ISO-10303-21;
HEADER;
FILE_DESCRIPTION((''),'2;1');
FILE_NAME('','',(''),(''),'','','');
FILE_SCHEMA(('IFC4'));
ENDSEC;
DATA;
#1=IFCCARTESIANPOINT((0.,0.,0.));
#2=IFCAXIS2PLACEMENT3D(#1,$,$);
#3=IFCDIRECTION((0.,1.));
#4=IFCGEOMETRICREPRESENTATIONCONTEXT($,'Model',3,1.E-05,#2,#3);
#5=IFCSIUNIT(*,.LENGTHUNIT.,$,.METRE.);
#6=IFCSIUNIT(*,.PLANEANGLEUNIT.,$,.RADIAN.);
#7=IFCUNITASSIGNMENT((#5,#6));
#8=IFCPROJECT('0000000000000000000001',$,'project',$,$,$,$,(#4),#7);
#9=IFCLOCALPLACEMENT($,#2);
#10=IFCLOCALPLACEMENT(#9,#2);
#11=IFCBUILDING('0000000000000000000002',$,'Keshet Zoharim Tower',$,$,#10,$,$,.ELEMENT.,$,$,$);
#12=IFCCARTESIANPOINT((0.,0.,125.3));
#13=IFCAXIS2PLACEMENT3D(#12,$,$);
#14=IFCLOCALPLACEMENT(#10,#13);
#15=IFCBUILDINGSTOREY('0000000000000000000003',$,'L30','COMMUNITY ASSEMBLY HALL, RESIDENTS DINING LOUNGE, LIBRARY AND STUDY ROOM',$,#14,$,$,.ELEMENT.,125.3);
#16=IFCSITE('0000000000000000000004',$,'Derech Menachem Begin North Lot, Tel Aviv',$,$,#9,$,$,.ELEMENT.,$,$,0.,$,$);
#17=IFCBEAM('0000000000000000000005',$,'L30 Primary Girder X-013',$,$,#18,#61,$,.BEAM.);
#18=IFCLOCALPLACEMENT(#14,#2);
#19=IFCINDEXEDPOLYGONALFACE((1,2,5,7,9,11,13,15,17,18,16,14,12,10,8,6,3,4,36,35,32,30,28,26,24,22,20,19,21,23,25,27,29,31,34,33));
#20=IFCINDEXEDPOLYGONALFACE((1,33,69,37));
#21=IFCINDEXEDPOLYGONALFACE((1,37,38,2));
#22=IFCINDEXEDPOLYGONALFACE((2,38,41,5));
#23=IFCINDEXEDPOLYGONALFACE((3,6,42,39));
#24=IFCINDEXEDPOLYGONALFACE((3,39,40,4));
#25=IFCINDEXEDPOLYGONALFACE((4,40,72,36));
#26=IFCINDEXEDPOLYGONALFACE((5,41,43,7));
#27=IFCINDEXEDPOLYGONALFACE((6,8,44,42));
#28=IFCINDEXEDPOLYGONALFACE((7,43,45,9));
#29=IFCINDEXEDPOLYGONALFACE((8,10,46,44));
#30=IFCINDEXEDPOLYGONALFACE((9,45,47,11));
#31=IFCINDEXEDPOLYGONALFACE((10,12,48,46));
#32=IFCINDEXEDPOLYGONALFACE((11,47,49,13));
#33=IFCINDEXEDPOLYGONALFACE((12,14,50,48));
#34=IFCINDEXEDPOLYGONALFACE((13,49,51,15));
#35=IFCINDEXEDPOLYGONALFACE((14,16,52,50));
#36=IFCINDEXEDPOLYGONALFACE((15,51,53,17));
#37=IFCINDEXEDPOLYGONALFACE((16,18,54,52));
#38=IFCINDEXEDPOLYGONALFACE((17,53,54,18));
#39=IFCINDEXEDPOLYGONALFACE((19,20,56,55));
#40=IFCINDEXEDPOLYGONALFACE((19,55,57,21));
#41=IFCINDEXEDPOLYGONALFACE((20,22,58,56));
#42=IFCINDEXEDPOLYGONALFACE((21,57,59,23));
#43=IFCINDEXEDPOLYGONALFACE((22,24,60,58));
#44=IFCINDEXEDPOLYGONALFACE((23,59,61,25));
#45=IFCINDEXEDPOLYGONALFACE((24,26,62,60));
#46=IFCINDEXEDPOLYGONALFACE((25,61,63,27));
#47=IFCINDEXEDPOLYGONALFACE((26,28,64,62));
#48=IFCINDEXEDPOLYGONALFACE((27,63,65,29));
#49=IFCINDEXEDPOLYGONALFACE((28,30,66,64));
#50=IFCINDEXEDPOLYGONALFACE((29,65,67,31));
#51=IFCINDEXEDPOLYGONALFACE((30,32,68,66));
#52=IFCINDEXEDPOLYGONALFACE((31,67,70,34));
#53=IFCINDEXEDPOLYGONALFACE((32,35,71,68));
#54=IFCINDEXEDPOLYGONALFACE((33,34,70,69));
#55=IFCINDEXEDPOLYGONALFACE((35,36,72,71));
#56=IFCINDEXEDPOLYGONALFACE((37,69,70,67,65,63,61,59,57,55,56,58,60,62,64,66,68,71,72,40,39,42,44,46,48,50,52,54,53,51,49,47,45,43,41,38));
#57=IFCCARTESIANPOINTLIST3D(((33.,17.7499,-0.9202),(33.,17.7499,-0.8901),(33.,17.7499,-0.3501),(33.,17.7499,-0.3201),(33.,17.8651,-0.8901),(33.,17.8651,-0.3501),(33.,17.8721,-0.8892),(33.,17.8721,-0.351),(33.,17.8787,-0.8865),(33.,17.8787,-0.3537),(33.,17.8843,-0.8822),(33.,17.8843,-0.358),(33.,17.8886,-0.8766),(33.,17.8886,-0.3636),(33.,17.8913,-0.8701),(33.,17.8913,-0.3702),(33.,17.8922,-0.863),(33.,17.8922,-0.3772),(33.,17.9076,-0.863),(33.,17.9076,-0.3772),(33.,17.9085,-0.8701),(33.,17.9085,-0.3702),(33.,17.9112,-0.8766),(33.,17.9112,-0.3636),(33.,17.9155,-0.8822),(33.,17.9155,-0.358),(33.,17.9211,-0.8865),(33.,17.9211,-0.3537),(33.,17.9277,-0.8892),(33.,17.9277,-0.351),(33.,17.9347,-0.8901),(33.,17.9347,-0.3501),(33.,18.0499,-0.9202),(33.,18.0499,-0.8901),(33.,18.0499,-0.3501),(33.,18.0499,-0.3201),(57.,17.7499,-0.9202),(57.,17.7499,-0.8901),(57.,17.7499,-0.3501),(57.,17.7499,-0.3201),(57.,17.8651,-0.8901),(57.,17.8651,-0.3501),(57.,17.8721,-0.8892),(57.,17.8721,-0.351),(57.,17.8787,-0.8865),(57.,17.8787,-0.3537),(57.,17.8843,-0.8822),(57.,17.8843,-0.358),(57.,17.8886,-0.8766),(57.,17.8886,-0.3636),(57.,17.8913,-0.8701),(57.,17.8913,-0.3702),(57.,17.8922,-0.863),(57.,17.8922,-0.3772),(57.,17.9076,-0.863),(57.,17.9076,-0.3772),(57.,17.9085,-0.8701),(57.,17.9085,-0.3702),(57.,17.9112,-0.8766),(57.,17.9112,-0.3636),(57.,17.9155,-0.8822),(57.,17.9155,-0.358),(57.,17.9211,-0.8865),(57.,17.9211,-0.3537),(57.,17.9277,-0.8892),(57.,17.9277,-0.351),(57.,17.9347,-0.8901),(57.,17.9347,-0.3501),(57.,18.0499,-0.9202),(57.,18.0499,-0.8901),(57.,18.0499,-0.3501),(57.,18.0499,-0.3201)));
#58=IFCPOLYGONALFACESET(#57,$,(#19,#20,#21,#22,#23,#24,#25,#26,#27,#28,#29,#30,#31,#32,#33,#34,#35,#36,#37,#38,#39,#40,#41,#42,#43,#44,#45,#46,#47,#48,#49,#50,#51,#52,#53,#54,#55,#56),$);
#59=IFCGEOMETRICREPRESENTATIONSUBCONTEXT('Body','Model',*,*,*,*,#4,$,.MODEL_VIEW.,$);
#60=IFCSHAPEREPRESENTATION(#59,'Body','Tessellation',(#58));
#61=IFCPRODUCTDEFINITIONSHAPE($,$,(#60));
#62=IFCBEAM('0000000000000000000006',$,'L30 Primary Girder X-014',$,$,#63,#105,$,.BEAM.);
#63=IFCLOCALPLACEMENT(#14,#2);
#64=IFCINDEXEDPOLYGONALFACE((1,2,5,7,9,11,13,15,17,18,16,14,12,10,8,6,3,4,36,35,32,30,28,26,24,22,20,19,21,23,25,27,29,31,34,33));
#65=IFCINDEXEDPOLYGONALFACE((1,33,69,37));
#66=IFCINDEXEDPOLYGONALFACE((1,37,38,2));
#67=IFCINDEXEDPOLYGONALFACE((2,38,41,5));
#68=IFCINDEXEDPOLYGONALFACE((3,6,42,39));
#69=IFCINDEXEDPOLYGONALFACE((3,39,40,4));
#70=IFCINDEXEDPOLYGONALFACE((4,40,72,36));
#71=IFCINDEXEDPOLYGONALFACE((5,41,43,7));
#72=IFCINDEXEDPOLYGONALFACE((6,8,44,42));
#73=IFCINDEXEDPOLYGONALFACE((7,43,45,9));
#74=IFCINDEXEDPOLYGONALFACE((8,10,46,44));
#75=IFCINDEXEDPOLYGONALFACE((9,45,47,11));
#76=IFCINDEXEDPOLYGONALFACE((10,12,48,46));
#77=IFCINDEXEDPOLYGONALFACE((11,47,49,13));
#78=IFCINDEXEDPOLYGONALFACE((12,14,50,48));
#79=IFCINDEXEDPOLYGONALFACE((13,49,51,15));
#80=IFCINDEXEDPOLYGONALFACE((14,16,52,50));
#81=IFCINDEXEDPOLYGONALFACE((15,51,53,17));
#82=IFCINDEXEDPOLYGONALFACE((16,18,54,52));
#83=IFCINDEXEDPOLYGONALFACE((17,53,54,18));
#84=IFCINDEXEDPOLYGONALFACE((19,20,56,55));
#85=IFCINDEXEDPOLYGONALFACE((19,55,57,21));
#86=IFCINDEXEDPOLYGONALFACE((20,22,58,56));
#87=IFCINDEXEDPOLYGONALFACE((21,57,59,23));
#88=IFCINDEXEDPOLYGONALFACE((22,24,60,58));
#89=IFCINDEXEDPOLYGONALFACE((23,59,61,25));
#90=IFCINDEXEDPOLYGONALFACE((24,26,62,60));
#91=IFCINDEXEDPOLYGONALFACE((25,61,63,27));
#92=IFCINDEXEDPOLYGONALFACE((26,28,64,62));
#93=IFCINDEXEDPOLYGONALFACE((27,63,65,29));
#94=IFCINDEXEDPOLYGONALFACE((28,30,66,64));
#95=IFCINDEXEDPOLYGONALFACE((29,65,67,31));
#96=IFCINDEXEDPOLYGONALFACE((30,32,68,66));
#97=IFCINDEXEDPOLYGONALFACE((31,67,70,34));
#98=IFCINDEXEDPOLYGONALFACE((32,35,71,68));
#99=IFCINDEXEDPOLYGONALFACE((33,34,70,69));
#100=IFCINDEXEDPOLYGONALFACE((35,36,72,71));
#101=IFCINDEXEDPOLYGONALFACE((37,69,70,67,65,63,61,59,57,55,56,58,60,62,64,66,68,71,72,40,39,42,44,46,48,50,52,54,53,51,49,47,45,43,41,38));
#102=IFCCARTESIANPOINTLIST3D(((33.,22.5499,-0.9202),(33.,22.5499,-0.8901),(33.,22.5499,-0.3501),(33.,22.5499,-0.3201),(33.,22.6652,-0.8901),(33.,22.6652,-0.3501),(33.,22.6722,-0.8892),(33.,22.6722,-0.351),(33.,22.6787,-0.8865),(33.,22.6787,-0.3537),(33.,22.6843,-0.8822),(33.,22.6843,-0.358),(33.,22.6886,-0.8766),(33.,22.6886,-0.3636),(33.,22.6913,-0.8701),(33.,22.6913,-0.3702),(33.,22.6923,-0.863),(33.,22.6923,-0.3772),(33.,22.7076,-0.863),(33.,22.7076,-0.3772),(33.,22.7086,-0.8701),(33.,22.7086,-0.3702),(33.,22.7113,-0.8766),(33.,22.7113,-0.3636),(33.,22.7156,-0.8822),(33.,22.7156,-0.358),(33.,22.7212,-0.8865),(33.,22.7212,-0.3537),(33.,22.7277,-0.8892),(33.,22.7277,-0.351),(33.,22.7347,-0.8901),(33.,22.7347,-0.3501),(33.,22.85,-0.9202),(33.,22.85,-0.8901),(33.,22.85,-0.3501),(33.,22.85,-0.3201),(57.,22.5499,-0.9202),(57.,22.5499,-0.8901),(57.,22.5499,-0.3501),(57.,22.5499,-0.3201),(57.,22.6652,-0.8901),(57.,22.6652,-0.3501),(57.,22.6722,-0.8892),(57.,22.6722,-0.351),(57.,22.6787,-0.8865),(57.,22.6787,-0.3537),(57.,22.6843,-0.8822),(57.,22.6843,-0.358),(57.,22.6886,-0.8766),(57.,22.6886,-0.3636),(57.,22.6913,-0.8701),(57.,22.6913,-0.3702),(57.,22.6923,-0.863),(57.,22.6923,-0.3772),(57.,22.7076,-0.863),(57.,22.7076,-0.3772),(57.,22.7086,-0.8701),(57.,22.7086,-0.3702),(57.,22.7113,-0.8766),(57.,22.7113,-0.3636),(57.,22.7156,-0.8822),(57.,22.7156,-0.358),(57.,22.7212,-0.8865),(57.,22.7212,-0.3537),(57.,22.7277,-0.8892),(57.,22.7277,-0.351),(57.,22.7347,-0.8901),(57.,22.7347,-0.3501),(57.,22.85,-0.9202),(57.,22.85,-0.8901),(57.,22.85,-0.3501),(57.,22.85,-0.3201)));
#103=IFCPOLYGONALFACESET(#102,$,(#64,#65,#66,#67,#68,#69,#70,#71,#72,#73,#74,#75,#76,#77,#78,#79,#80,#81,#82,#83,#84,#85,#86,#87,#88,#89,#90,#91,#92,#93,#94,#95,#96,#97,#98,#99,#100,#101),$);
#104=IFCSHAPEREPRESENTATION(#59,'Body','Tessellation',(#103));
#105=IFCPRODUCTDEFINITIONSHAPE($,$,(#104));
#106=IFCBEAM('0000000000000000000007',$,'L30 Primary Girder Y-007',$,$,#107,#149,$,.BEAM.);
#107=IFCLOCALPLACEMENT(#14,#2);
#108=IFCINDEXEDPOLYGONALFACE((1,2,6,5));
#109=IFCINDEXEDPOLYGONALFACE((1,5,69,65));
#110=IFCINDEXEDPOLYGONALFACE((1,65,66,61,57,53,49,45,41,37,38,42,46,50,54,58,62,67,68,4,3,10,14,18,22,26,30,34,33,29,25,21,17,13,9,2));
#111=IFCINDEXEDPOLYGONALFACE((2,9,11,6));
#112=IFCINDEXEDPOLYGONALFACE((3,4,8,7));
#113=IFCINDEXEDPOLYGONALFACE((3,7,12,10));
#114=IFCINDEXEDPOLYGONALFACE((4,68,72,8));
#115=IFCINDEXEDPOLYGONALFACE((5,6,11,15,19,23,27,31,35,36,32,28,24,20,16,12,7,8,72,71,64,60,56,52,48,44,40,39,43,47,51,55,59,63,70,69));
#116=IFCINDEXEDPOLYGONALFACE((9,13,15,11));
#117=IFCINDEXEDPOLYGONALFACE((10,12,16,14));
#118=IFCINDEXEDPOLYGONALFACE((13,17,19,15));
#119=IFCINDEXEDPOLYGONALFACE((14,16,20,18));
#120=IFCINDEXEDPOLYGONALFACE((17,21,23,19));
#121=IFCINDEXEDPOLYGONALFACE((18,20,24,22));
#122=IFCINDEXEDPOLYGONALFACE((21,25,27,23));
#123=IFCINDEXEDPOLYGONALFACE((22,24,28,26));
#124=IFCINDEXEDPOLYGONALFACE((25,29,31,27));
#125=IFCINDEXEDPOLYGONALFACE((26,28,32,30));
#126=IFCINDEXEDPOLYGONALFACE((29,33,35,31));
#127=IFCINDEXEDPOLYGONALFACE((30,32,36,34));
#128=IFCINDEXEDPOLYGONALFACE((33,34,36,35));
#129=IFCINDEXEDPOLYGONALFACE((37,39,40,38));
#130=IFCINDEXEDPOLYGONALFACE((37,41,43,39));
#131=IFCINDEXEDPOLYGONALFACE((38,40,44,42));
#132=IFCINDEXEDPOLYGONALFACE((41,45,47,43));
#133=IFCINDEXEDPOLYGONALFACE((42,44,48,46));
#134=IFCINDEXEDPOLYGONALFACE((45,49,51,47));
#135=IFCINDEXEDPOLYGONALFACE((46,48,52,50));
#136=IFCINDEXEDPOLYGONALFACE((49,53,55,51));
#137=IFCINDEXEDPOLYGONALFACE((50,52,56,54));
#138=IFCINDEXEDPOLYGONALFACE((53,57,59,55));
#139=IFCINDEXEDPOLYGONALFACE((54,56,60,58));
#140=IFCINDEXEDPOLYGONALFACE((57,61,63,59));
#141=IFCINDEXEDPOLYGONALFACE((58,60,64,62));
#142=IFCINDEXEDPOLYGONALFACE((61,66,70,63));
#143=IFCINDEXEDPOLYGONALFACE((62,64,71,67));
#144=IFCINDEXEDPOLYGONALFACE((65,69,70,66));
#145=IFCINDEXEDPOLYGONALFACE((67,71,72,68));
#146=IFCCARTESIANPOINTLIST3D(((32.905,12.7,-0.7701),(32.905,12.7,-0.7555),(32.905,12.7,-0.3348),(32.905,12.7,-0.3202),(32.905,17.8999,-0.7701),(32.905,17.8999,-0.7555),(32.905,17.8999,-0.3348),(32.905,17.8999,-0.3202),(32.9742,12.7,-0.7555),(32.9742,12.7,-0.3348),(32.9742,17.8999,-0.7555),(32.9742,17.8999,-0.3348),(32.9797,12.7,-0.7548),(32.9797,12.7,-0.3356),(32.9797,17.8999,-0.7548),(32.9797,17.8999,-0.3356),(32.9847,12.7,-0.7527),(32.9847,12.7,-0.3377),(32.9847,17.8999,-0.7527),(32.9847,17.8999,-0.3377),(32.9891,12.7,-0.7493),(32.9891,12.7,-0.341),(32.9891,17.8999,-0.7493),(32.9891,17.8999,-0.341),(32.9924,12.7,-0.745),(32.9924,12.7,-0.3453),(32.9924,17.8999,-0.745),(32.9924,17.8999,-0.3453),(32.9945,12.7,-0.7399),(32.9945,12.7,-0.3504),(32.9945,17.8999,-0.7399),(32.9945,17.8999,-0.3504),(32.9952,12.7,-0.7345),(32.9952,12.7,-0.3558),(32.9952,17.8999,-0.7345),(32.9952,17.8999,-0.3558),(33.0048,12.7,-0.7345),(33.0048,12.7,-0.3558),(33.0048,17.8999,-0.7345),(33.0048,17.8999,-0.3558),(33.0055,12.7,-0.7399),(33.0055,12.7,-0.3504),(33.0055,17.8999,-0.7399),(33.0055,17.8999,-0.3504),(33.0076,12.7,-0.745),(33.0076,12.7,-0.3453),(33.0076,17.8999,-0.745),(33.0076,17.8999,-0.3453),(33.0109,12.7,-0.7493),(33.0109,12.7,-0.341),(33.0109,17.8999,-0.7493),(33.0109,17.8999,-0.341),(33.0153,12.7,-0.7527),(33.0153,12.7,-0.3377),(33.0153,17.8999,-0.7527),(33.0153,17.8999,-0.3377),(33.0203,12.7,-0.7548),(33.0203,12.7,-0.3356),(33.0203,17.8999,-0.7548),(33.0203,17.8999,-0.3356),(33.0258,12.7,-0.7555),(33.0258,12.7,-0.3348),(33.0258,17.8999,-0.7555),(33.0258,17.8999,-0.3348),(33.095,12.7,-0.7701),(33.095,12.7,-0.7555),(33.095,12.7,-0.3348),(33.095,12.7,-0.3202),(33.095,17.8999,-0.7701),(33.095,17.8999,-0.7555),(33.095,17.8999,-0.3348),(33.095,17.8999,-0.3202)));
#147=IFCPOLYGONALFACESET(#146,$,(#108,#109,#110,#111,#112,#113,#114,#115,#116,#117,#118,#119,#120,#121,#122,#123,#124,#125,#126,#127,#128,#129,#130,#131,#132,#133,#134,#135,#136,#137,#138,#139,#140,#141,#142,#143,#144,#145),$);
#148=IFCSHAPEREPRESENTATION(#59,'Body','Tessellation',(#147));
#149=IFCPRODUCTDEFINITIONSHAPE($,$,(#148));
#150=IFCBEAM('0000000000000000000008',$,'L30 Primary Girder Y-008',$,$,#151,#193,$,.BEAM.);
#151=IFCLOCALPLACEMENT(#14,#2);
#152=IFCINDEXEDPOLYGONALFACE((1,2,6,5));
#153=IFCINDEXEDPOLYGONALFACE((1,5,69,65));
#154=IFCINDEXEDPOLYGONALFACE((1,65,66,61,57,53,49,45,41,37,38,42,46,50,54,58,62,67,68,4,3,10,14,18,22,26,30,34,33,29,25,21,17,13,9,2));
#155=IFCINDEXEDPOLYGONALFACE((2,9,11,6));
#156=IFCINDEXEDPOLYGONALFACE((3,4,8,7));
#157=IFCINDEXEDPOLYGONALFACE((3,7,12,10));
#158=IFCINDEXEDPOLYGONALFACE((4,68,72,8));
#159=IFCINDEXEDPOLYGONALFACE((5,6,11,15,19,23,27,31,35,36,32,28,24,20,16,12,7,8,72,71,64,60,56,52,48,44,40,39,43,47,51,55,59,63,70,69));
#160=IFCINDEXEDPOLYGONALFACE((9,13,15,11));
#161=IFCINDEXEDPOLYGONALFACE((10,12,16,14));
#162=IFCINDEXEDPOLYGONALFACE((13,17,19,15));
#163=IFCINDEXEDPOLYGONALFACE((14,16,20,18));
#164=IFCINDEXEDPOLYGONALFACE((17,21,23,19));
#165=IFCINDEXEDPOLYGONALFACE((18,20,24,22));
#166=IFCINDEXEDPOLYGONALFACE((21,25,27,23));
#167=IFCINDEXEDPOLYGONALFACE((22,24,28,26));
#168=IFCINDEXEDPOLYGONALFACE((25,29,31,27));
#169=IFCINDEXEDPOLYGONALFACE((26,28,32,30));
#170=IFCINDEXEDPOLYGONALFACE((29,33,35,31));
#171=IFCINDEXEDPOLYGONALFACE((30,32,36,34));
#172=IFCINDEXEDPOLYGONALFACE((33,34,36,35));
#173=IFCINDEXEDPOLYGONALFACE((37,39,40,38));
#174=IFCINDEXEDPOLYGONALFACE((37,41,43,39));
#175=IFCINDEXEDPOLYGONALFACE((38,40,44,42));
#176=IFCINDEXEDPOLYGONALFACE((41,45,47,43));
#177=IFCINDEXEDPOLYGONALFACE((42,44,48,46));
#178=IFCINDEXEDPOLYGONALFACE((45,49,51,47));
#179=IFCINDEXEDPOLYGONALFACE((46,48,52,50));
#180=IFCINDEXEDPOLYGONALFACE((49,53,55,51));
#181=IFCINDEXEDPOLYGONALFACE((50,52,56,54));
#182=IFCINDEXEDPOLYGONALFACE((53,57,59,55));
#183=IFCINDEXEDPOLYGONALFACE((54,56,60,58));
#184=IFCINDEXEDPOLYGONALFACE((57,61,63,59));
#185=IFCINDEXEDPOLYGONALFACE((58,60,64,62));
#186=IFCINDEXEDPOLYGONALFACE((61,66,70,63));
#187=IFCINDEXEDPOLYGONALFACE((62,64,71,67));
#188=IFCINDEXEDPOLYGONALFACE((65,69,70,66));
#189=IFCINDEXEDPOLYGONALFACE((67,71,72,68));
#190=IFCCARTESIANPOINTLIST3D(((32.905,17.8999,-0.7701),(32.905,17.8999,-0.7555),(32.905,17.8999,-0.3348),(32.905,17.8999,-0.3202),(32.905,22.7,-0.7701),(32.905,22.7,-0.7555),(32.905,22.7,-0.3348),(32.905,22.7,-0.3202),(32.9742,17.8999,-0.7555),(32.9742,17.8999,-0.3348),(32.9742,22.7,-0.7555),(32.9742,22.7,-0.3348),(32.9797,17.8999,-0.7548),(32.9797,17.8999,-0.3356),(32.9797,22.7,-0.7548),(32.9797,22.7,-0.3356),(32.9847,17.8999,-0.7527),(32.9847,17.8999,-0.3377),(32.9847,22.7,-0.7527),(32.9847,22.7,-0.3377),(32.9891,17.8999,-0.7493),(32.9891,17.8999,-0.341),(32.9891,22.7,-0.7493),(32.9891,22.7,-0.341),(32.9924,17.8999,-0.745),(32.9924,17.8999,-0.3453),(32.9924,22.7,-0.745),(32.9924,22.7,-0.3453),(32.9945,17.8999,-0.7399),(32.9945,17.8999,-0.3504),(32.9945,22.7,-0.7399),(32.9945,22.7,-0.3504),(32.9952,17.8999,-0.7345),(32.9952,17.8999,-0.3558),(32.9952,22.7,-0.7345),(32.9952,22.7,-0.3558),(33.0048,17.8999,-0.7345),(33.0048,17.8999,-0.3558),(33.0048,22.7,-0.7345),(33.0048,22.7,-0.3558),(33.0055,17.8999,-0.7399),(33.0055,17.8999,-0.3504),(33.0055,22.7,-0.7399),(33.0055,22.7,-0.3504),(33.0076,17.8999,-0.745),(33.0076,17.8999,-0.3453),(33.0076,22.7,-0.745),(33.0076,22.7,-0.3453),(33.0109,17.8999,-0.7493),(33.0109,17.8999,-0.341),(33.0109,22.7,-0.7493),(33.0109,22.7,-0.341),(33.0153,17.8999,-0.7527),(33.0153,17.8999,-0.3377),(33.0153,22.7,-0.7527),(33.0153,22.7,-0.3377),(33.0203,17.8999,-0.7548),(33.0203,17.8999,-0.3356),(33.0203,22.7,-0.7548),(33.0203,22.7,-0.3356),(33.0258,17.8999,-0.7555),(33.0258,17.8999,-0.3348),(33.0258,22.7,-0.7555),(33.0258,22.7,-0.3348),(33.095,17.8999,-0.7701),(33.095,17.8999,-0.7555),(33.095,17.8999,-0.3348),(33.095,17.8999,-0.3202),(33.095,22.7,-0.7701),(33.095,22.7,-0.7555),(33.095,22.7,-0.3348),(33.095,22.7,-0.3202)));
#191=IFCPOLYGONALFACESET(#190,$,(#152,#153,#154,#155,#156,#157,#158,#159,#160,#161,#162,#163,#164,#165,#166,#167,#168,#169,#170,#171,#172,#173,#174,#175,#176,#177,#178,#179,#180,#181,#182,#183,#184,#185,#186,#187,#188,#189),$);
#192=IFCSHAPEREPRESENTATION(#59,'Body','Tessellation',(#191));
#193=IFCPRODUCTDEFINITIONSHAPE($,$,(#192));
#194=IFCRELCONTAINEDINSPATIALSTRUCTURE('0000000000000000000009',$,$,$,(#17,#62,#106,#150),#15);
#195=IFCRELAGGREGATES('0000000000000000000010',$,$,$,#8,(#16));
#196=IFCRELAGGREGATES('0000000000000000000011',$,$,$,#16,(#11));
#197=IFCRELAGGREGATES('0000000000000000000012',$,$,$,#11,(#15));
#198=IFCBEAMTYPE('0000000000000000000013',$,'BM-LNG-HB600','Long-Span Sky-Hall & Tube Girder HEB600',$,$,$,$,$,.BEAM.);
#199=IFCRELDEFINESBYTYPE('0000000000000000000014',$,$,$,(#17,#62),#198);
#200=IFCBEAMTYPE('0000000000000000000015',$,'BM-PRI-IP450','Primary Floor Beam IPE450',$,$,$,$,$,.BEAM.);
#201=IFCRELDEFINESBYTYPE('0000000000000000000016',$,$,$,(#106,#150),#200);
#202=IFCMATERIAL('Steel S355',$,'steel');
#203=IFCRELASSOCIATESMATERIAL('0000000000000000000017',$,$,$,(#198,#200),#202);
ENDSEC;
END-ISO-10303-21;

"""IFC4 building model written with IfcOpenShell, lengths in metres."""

from ifc_helpers import new_model, si_unit, direction, frame, origin, origin_2d, place, context, subcontext, project, spatial, i_section, extrude, material, material_profile, profile_set, type_object, element, save


model = new_model("IFC4")

# Units and contexts
model_context = context("Model", 3, precision=1e-05, world=origin(), true_north=direction((0.0, 1.0)))
body_context = subcontext(model_context, "Body", "Model", "MODEL_VIEW")
ifc_project = project(units=[si_unit("LENGTHUNIT", "METRE"), si_unit("PLANEANGLEUNIT", "RADIAN")], contexts=[model_context])

# Site, building, storey
site_placement = place(None, origin())
site = spatial("IfcSite", under=ifc_project, at=site_placement, Name="Derech Menachem Begin North Lot, Tel Aviv", CompositionType="ELEMENT", RefElevation=0.0)
building_placement = place(site_placement, origin())
building = spatial("IfcBuilding", under=site, at=building_placement, Name="Keshet Zoharim Tower", CompositionType="ELEMENT")
storey_placement = place(building_placement, frame((0.0, 0.0, 125.3)))
storey = spatial("IfcBuildingStorey", under=building, at=storey_placement, Name="L30", Description="COMMUNITY ASSEMBLY HALL, RESIDENTS DINING LOUNGE, LIBRARY AND STUDY ROOM", CompositionType="ELEMENT", Elevation=125.3)

# Beams
ifc_material_1 = material(Name="Steel S355", Category="steel")
ifc_material_profile_1 = material_profile(ifc_material_1, i_section(OverallWidth=0.3, OverallDepth=0.6001, WebThickness=0.0154, FlangeThickness=0.03, FilletRadius=0.0271, at=origin_2d()), Name="HEB600")
ifc_profile_set_1 = profile_set([ifc_material_profile_1], Name="Steel S355")
beam_type_1 = type_object("IfcBeamType", Name="BM-LNG-HB600", Description="Long-Span Sky-Hall & Tube Girder HEB600", PredefinedType="BEAM", material=ifc_profile_set_1)
for number, where, z_axis, x_axis, name in (
    (1, (33.0, 17.8999, -0.6201), (1.0, 0.0, 0.0), (0.0, 1.0, 0.0), "L30 Primary Girder X-013"),
    (2, (33.0, 22.7, -0.6201), (1.0, 0.0, 0.0), (0.0, 1.0, 0.0), "L30 Primary Girder X-014"),
):
    element("IfcBeam", number, at=place(storey_placement, frame(where, z_axis=z_axis, x_axis=x_axis)), inside=storey, type_object=beam_type_1, Name=name, PredefinedType="BEAM", context=body_context, shape_type="SweptSolid", body=[
        extrude(i_section(OverallWidth=0.3, OverallDepth=0.6001, WebThickness=0.0154, FlangeThickness=0.03, FilletRadius=0.0271, at=origin_2d()), origin(), (0.0, 0.0, 1.0), 24.0),
    ])
ifc_material_profile_2 = material_profile(ifc_material_1, i_section(OverallWidth=0.1899, OverallDepth=0.45, WebThickness=0.0095, FlangeThickness=0.0146, FilletRadius=0.021, at=origin_2d()), Name="IPE450")
ifc_profile_set_2 = profile_set([ifc_material_profile_2], Name="Steel S355")
beam_type_2 = type_object("IfcBeamType", Name="BM-PRI-IP450", Description="Primary Floor Beam IPE450", PredefinedType="BEAM", material=ifc_profile_set_2)
beam_1_placement = place(storey_placement, frame((33.0, 12.7, -0.5452), z_axis=(0.0, 1.0, 0.0), x_axis=(-1.0, 0.0, 0.0)))
element("IfcBeam", 3, at=beam_1_placement, inside=storey, type_object=beam_type_2, Name="L30 Primary Girder Y-007", PredefinedType="BEAM", context=body_context, shape_type="SweptSolid", body=[
    extrude(i_section(OverallWidth=0.1899, OverallDepth=0.45, WebThickness=0.0095, FlangeThickness=0.0146, FilletRadius=0.021, at=origin_2d()), origin(), (0.0, 0.0, 1.0), 5.2),
])
beam_2_placement = place(storey_placement, frame((33.0, 17.8999, -0.5452), z_axis=(0.0, 1.0, 0.0), x_axis=(-1.0, 0.0, 0.0)))
element("IfcBeam", 4, at=beam_2_placement, inside=storey, type_object=beam_type_2, Name="L30 Primary Girder Y-008", PredefinedType="BEAM", context=body_context, shape_type="SweptSolid", body=[
    extrude(i_section(OverallWidth=0.1899, OverallDepth=0.45, WebThickness=0.0095, FlangeThickness=0.0146, FilletRadius=0.021, at=origin_2d()), origin(), (0.0, 0.0, 1.0), 4.8),
])

save(model, "model.ifc")
